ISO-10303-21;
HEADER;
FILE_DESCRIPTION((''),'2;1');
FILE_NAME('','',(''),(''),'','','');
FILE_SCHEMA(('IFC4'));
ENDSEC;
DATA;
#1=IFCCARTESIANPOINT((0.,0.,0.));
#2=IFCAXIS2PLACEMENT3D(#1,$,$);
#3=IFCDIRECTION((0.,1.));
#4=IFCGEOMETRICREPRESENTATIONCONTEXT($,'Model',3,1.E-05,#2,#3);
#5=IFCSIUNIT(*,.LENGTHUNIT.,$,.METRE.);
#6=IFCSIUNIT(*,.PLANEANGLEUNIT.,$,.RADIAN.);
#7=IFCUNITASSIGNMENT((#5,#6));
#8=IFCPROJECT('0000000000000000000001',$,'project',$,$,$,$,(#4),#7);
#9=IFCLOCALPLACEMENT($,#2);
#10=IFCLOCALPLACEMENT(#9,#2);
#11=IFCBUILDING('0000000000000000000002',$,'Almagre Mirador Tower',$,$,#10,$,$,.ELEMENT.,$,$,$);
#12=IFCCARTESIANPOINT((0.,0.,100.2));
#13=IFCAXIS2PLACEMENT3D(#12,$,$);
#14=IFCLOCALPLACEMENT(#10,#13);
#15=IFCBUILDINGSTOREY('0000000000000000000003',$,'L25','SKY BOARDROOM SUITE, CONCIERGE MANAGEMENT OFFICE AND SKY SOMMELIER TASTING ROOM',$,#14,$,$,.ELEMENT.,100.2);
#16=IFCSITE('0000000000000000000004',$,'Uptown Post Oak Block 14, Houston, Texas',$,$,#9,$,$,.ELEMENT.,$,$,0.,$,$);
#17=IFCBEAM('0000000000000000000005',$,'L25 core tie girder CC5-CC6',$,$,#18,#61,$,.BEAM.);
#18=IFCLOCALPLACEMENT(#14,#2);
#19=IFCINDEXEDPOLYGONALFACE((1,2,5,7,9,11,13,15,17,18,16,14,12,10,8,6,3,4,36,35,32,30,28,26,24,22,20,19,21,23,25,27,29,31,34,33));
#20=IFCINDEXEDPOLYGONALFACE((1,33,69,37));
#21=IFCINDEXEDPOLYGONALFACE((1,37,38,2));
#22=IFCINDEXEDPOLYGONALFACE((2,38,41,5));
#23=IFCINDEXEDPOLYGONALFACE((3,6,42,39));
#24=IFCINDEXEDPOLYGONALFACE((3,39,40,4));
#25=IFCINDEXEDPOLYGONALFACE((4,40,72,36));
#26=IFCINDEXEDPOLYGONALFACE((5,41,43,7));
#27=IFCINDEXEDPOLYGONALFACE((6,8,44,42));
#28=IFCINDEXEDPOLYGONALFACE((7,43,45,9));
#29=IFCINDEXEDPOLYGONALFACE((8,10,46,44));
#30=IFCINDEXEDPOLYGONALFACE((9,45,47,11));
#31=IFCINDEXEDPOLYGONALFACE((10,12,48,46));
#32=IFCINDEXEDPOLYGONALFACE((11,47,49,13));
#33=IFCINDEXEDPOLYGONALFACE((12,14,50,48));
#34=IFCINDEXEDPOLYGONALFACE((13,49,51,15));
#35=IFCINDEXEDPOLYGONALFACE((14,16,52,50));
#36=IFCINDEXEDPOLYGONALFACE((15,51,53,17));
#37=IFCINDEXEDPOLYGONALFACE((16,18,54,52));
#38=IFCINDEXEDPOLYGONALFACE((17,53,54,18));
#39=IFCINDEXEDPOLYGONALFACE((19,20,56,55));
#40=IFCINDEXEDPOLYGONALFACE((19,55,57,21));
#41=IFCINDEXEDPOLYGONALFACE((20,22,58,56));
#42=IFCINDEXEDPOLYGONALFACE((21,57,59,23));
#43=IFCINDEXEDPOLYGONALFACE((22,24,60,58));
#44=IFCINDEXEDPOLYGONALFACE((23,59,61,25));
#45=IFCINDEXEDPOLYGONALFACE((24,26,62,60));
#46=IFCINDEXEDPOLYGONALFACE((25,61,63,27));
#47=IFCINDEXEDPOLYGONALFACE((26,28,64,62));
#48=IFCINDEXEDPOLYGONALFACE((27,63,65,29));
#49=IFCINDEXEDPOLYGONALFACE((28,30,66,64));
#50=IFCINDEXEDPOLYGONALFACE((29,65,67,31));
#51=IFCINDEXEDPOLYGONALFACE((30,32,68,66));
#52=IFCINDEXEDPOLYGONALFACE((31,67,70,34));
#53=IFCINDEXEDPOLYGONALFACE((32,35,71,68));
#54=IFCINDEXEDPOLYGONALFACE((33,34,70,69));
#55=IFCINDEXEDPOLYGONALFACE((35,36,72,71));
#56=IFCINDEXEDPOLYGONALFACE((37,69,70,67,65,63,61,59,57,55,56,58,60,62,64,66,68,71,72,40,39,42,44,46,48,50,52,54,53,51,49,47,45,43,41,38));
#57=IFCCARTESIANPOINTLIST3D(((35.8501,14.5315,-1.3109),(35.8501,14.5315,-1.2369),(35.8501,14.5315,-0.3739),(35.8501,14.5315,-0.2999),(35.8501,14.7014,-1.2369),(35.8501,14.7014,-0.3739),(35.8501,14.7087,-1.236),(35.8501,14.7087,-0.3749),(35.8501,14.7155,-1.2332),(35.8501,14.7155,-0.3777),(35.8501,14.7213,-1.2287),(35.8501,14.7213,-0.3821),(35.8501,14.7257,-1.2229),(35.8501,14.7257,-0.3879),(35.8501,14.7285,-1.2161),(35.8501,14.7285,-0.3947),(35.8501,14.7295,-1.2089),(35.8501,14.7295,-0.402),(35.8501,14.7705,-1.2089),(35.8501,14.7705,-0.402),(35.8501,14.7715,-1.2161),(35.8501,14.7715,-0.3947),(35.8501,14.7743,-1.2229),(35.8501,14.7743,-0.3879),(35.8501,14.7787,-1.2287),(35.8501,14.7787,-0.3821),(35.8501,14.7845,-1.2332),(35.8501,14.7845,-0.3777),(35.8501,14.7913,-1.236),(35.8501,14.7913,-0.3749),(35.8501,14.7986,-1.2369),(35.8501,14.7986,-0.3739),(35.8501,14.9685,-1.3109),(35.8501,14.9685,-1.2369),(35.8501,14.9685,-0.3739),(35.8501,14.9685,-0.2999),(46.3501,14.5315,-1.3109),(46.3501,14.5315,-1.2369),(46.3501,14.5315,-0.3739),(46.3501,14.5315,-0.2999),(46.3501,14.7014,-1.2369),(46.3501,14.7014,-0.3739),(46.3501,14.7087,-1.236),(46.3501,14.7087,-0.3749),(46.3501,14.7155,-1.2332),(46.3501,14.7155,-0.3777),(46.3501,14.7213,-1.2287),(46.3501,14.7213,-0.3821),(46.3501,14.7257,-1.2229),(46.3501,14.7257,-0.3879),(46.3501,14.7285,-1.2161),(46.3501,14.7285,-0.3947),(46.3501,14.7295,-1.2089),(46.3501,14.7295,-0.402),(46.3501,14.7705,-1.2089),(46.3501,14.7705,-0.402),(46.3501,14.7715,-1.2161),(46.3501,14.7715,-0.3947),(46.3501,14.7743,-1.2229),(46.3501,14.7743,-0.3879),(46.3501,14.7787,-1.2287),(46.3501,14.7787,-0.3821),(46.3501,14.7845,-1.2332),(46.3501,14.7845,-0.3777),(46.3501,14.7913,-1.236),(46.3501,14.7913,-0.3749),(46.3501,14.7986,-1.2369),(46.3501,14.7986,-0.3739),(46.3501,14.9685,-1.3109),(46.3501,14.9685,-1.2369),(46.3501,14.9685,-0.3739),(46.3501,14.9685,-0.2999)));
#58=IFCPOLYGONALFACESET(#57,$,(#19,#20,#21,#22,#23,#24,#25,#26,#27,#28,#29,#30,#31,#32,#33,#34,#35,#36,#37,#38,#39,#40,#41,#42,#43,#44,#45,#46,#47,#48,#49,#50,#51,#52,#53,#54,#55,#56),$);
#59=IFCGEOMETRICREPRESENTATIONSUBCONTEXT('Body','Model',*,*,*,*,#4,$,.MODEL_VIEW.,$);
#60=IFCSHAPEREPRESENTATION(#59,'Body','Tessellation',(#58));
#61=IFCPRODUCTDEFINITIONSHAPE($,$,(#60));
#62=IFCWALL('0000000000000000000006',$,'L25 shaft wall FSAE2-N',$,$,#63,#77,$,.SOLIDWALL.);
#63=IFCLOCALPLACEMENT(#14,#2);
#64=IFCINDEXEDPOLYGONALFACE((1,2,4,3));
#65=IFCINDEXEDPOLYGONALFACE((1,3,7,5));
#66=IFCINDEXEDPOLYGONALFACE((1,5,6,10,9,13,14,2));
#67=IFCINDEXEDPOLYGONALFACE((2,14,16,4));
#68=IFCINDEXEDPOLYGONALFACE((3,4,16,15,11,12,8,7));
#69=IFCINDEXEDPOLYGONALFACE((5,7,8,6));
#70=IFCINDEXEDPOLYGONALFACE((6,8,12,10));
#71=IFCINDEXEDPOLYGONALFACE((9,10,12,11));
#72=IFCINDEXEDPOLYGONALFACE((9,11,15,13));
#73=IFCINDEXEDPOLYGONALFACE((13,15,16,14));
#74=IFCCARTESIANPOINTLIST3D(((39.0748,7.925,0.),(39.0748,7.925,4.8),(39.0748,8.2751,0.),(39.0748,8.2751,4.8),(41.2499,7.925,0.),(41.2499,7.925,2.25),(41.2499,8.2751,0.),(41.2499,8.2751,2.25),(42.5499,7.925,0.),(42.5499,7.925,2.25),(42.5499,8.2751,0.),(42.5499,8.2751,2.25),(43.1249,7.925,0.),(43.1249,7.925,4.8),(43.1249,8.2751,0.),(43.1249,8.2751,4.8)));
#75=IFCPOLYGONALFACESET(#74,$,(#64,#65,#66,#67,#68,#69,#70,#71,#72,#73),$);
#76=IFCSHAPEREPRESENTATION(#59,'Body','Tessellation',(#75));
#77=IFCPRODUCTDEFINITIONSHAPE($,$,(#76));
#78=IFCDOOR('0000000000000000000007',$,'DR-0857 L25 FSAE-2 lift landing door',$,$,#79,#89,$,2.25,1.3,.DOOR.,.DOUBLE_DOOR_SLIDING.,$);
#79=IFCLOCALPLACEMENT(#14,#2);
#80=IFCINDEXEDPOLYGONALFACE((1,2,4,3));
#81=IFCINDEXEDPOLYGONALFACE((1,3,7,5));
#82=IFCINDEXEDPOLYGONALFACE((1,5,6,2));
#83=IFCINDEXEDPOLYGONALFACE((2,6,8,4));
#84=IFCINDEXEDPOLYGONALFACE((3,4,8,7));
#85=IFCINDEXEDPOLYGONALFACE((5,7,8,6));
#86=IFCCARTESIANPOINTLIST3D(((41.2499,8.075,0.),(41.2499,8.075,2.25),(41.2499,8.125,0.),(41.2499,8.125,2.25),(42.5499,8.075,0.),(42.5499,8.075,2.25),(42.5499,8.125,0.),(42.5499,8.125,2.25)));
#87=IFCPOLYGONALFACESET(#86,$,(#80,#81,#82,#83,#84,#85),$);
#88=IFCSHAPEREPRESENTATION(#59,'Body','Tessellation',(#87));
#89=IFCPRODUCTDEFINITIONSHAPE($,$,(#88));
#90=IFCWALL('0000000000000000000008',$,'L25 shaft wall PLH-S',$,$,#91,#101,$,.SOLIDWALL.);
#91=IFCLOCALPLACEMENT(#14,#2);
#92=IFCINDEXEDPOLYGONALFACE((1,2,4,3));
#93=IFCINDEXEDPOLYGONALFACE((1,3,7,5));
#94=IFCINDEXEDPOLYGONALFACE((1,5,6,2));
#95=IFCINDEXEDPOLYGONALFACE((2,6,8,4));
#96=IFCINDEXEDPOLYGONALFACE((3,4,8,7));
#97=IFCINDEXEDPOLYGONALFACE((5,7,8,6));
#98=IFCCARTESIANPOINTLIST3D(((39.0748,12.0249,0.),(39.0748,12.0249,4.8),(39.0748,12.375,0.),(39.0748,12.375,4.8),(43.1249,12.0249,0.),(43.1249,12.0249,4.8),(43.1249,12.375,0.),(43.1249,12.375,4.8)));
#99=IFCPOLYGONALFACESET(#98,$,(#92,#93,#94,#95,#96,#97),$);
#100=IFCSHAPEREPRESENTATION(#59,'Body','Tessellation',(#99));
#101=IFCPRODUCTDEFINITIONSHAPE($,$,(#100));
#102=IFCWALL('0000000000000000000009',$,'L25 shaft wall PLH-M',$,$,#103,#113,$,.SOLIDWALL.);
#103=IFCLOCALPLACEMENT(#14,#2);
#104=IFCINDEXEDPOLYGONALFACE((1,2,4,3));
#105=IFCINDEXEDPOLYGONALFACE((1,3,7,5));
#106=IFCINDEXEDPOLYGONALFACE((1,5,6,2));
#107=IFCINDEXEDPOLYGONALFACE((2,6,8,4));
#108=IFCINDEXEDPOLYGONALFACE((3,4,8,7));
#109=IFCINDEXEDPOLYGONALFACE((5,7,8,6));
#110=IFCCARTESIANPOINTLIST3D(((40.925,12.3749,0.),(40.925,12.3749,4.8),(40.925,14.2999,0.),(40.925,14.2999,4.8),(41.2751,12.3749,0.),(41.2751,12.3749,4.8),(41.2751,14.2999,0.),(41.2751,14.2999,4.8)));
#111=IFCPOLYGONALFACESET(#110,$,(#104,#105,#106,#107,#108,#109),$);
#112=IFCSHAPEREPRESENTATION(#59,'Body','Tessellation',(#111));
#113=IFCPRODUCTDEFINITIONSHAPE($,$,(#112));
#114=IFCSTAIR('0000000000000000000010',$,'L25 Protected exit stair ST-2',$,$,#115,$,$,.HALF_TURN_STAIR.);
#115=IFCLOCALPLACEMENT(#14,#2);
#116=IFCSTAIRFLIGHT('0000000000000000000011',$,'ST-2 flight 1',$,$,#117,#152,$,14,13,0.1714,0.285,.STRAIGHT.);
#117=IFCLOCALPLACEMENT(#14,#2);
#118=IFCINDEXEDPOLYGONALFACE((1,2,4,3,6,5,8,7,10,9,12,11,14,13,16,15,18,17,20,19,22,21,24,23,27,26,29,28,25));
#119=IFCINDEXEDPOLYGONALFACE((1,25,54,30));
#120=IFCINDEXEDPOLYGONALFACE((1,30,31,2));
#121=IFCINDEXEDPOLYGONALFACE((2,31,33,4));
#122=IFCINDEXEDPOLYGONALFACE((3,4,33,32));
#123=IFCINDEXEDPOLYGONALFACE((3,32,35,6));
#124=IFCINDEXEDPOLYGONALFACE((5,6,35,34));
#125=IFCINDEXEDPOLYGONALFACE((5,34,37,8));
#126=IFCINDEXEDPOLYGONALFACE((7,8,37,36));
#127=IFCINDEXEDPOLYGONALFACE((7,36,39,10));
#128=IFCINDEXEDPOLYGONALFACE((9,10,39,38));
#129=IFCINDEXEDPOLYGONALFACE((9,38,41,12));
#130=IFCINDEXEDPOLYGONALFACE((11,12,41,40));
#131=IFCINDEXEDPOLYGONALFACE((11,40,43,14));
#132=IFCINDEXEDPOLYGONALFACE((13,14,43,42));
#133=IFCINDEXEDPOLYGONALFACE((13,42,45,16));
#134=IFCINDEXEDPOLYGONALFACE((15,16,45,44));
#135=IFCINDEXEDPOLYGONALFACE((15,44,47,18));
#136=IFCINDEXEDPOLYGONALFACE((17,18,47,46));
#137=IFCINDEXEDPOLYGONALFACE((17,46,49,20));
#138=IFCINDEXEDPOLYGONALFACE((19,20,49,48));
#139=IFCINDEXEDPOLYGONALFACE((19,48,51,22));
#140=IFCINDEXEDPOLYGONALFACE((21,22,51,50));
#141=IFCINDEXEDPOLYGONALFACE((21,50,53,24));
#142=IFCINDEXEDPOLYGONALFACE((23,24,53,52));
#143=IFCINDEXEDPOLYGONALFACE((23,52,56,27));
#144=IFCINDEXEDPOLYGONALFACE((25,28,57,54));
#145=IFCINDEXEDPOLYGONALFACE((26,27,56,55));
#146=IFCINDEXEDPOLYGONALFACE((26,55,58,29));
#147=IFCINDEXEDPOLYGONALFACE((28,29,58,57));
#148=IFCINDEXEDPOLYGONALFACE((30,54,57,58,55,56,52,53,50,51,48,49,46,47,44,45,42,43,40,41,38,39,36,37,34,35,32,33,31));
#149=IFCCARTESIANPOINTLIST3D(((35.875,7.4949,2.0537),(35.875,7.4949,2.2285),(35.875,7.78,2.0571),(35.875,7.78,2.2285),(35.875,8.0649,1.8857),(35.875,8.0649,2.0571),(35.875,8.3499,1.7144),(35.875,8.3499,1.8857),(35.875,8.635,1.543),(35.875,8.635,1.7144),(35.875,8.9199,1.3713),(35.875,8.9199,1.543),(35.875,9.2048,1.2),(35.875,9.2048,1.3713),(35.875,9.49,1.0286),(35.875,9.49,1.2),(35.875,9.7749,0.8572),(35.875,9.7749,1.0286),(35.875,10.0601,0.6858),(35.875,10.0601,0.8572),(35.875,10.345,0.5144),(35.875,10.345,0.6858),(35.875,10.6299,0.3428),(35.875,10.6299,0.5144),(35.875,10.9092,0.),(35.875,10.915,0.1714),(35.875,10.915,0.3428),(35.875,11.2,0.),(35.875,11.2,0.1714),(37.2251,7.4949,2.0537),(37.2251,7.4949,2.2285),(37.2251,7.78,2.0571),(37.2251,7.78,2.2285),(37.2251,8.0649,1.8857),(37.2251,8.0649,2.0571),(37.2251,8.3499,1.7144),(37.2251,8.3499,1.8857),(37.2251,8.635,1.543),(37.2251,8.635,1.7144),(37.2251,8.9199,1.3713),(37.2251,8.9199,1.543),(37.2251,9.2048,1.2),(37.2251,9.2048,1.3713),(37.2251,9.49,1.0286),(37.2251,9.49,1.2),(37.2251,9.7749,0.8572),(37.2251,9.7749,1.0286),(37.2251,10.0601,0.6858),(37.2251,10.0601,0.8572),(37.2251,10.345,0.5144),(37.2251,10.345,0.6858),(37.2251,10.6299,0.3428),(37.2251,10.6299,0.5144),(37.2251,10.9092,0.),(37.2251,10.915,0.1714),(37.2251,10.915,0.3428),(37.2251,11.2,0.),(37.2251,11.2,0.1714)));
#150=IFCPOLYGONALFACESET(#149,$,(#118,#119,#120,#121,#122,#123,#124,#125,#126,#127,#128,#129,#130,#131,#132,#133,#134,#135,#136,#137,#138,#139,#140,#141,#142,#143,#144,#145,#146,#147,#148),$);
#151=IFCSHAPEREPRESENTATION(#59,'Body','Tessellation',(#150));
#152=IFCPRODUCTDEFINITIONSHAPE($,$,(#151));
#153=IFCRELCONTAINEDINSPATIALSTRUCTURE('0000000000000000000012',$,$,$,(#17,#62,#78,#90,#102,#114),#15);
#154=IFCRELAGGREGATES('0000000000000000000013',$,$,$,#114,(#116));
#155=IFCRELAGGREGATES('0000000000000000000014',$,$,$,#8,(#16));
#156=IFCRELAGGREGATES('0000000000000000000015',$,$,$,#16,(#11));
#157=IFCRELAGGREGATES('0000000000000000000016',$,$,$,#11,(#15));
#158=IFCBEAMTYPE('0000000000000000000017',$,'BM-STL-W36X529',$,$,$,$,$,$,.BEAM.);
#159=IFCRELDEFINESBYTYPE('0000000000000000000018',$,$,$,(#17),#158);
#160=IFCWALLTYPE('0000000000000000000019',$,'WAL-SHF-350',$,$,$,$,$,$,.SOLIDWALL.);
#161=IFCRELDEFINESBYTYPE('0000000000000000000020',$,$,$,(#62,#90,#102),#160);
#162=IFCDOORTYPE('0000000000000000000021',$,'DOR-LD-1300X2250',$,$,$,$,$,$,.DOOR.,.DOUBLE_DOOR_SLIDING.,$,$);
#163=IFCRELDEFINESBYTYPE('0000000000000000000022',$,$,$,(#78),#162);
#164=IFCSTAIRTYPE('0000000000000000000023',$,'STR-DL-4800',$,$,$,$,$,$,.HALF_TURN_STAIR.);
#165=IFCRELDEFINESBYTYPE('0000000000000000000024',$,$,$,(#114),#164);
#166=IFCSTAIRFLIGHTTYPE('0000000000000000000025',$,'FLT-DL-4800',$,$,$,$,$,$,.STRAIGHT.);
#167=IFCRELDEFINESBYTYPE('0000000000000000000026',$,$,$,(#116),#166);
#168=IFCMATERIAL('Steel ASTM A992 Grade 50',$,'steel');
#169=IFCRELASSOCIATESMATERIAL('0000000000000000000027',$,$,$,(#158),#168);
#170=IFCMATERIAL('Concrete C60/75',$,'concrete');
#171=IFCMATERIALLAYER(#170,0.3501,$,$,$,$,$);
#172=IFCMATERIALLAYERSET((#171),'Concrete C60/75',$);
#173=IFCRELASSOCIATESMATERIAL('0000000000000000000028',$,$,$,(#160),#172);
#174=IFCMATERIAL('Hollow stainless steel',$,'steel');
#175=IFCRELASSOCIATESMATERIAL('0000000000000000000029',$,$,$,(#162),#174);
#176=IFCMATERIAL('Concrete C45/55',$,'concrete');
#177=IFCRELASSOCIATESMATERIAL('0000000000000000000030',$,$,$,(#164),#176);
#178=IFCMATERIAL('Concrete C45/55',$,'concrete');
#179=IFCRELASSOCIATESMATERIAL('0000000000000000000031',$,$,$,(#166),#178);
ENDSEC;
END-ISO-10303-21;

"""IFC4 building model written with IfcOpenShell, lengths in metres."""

from ifc_helpers import new_model, si_unit, direction, frame, frame_2d, origin, origin_2d, place, context, subcontext, project, spatial, polyline, rectangle, i_section, outline, extrude, material, layer, layer_set, material_profile, profile_set, type_object, element, fill, aggregate, save


model = new_model("IFC4")

# Units and contexts
model_context = context("Model", 3, precision=1e-05, world=origin(), true_north=direction((0.0, 1.0)))
body_context = subcontext(model_context, "Body", "Model", "MODEL_VIEW")
ifc_project = project(units=[si_unit("LENGTHUNIT", "METRE"), si_unit("PLANEANGLEUNIT", "RADIAN")], contexts=[model_context])

# Site, building, storey
site_placement = place(None, origin())
site = spatial("IfcSite", under=ifc_project, at=site_placement, Name="Uptown Post Oak Block 14, Houston, Texas", CompositionType="ELEMENT", RefElevation=0.0)
building_placement = place(site_placement, origin())
building = spatial("IfcBuilding", under=site, at=building_placement, Name="Almagre Mirador Tower", CompositionType="ELEMENT")
storey_placement = place(building_placement, frame((0.0, 0.0, 100.2)))
storey = spatial("IfcBuildingStorey", under=building, at=storey_placement, Name="L25", Description="SKY BOARDROOM SUITE, CONCIERGE MANAGEMENT OFFICE AND SKY SOMMELIER TASTING ROOM", CompositionType="ELEMENT", Elevation=100.2)

# Beam
ifc_material_1 = material(Name="Steel ASTM A992 Grade 50", Category="steel")
ifc_material_profile = material_profile(ifc_material_1, i_section(OverallWidth=0.437, OverallDepth=1.011, WebThickness=0.041, FlangeThickness=0.074, FilletRadius=0.0281, at=origin_2d()), Name="W36X529")
ifc_profile_set = profile_set([ifc_material_profile], Name="Steel ASTM A992 Grade 50")
beam_type = type_object("IfcBeamType", Name="BM-STL-W36X529", PredefinedType="BEAM", material=ifc_profile_set)
beam_placement = place(storey_placement, frame((35.8501, 14.75, -0.8054), z_axis=(1.0, 0.0, 0.0), x_axis=(0.0, 1.0, 0.0)))
element("IfcBeam", 1, at=beam_placement, inside=storey, type_object=beam_type, Name="L25 core tie girder CC5-CC6", PredefinedType="BEAM", context=body_context, shape_type="SweptSolid", body=[
    extrude(i_section(OverallWidth=0.437, OverallDepth=1.011, WebThickness=0.041, FlangeThickness=0.074, FilletRadius=0.0281, at=origin_2d()), origin(), (0.0, 0.0, 1.0), 10.5),
])

# Wall, opening, door
ifc_material_2 = material(Name="Concrete C60/75", Category="concrete")
ifc_layer_1 = layer(ifc_material_2, 0.3501)
ifc_layer_set_1 = layer_set([ifc_layer_1], Name="Concrete C60/75")
wall_type_1 = type_object("IfcWallType", Name="WAL-SHF-350", PredefinedType="SOLIDWALL", material=ifc_layer_set_1)
wall_1_placement = place(storey_placement, frame((39.075, 8.1001, 0.0), z_axis=(0.0, 0.0, 1.0), x_axis=(1.0, 0.0, 0.0)))
wall_1 = element("IfcWall", 2, at=wall_1_placement, inside=storey, type_object=wall_type_1, Name="L25 shaft wall FSAE2-N", PredefinedType="SOLIDWALL", context=body_context, shape_type="SweptSolid", body=[
    extrude(rectangle(XDim=4.05, YDim=0.3501, at=frame_2d((2.0249, 0.0))), origin(), (0.0, 0.0, 1.0), 4.8),
])
opening_1_placement = place(wall_1_placement, frame((2.175, 0.0, 0.0)))
opening_1 = element("IfcOpeningElement", 3, at=opening_1_placement, cuts=wall_1, PredefinedType="OPENING", context=body_context, shape_type="SweptSolid", body=[
    extrude(rectangle(XDim=1.3, YDim=2.25, at=frame_2d((0.6499, 1.125))), frame((0.0, 0.185, 0.0), z_axis=(0.0, -1.0, 0.0), x_axis=(1.0, 0.0, 0.0)), (0.0, 0.0, 1.0), 0.3701),
])
ifc_material_3 = material(Name="Hollow stainless steel", Category="steel")
door_type_1 = type_object("IfcDoorType", Name="DOR-LD-1300X2250", OperationType="DOUBLE_DOOR_SLIDING", PredefinedType="DOOR", material=ifc_material_3)
door_1_placement = place(opening_1_placement, origin())
door_1 = element("IfcDoor", 4, at=door_1_placement, inside=storey, type_object=door_type_1, Name="DR-0857 L25 FSAE-2 lift landing door", OperationType="DOUBLE_DOOR_SLIDING", OverallHeight=2.25, OverallWidth=1.3, PredefinedType="DOOR", context=body_context, shape_type="SweptSolid", body=[
    extrude(rectangle(XDim=1.3, YDim=2.25, at=frame_2d((0.6499, 1.125))), frame((0.0, 0.0249, 0.0), z_axis=(0.0, -1.0, 0.0), x_axis=(1.0, 0.0, 0.0)), (0.0, 0.0, 1.0), 0.05),
])
fill(opening_1, door_1)

# Walls
wall_2_placement = place(storey_placement, frame((39.075, 12.2, 0.0), z_axis=(0.0, 0.0, 1.0), x_axis=(1.0, 0.0, 0.0)))
element("IfcWall", 5, at=wall_2_placement, inside=storey, type_object=wall_type_1, Name="L25 shaft wall PLH-S", PredefinedType="SOLIDWALL", context=body_context, shape_type="SweptSolid", body=[
    extrude(rectangle(XDim=4.05, YDim=0.3501, at=frame_2d((2.0249, 0.0))), origin(), (0.0, 0.0, 1.0), 4.8),
])
wall_3_placement = place(storey_placement, frame((41.1001, 12.375, 0.0), z_axis=(0.0, 0.0, 1.0), x_axis=(0.0, 1.0, 0.0)))
element("IfcWall", 6, at=wall_3_placement, inside=storey, type_object=wall_type_1, Name="L25 shaft wall PLH-M", PredefinedType="SOLIDWALL", context=body_context, shape_type="SweptSolid", body=[
    extrude(rectangle(XDim=1.925, YDim=0.3501, at=frame_2d((0.9624, 0.0))), origin(), (0.0, 0.0, 1.0), 4.8),
])

# Stair, stair flight
ifc_material_4 = material(Name="Concrete C45/55", Category="concrete")
stair_type = type_object("IfcStairType", Name="STR-DL-4800", PredefinedType="HALF_TURN_STAIR", material=ifc_material_4)
stair_1_placement = place(storey_placement, origin())
stair_1 = element("IfcStair", 7, at=stair_1_placement, inside=storey, type_object=stair_type, Name="L25 Protected exit stair ST-2", PredefinedType="HALF_TURN_STAIR")
ifc_material_5 = material(Name="Concrete C45/55", Category="concrete")
stair_flight_type = type_object("IfcStairFlightType", Name="FLT-DL-4800", PredefinedType="STRAIGHT", material=ifc_material_5)
stair_flight_1_placement = place(storey_placement, frame((36.55, 11.2, 0.0), z_axis=(0.0, 0.0, 1.0), x_axis=(0.0, -1.0, 0.0)))
stair_flight_1 = element("IfcStairFlight", 8, at=stair_flight_1_placement, type_object=stair_flight_type, Name="ST-2 flight 1", NumberOfRisers=14, NumberOfTreads=13, PredefinedType="STRAIGHT", RiserHeight=0.1714, TreadLength=0.285, context=body_context, shape_type="SweptSolid", body=[
    extrude(outline(polyline([(0.0, 0.0), (0.0, 0.1714), (0.2849, 0.1714), (0.2849, 0.3428), (0.5701, 0.3428), (0.5701, 0.5144), (0.855, 0.5144), (0.855, 0.6858), (1.1399, 0.6858), (1.1399, 0.8572), (1.425, 0.8572), (1.425, 1.0286), (1.71, 1.0286), (1.71, 1.2), (1.9951, 1.2), (1.9951, 1.3713), (2.28, 1.3713), (2.28, 1.543), (2.5649, 1.543), (2.5649, 1.7144), (2.8501, 1.7144), (2.8501, 1.8857), (3.135, 1.8857), (3.135, 2.0571), (3.4199, 2.0571), (3.4199, 2.2285), (3.7051, 2.2285), (3.7051, 2.3999), (3.7051, 2.0537), (0.2908, 0.0), (0.0, 0.0)])), frame((0.0, 0.675, 0.0), z_axis=(0.0, -1.0, 0.0), x_axis=(1.0, 0.0, 0.0)), (0.0, 0.0, 1.0), 1.3501),
])
aggregate(stair_1, [stair_flight_1])

save(model, "model.ifc")
